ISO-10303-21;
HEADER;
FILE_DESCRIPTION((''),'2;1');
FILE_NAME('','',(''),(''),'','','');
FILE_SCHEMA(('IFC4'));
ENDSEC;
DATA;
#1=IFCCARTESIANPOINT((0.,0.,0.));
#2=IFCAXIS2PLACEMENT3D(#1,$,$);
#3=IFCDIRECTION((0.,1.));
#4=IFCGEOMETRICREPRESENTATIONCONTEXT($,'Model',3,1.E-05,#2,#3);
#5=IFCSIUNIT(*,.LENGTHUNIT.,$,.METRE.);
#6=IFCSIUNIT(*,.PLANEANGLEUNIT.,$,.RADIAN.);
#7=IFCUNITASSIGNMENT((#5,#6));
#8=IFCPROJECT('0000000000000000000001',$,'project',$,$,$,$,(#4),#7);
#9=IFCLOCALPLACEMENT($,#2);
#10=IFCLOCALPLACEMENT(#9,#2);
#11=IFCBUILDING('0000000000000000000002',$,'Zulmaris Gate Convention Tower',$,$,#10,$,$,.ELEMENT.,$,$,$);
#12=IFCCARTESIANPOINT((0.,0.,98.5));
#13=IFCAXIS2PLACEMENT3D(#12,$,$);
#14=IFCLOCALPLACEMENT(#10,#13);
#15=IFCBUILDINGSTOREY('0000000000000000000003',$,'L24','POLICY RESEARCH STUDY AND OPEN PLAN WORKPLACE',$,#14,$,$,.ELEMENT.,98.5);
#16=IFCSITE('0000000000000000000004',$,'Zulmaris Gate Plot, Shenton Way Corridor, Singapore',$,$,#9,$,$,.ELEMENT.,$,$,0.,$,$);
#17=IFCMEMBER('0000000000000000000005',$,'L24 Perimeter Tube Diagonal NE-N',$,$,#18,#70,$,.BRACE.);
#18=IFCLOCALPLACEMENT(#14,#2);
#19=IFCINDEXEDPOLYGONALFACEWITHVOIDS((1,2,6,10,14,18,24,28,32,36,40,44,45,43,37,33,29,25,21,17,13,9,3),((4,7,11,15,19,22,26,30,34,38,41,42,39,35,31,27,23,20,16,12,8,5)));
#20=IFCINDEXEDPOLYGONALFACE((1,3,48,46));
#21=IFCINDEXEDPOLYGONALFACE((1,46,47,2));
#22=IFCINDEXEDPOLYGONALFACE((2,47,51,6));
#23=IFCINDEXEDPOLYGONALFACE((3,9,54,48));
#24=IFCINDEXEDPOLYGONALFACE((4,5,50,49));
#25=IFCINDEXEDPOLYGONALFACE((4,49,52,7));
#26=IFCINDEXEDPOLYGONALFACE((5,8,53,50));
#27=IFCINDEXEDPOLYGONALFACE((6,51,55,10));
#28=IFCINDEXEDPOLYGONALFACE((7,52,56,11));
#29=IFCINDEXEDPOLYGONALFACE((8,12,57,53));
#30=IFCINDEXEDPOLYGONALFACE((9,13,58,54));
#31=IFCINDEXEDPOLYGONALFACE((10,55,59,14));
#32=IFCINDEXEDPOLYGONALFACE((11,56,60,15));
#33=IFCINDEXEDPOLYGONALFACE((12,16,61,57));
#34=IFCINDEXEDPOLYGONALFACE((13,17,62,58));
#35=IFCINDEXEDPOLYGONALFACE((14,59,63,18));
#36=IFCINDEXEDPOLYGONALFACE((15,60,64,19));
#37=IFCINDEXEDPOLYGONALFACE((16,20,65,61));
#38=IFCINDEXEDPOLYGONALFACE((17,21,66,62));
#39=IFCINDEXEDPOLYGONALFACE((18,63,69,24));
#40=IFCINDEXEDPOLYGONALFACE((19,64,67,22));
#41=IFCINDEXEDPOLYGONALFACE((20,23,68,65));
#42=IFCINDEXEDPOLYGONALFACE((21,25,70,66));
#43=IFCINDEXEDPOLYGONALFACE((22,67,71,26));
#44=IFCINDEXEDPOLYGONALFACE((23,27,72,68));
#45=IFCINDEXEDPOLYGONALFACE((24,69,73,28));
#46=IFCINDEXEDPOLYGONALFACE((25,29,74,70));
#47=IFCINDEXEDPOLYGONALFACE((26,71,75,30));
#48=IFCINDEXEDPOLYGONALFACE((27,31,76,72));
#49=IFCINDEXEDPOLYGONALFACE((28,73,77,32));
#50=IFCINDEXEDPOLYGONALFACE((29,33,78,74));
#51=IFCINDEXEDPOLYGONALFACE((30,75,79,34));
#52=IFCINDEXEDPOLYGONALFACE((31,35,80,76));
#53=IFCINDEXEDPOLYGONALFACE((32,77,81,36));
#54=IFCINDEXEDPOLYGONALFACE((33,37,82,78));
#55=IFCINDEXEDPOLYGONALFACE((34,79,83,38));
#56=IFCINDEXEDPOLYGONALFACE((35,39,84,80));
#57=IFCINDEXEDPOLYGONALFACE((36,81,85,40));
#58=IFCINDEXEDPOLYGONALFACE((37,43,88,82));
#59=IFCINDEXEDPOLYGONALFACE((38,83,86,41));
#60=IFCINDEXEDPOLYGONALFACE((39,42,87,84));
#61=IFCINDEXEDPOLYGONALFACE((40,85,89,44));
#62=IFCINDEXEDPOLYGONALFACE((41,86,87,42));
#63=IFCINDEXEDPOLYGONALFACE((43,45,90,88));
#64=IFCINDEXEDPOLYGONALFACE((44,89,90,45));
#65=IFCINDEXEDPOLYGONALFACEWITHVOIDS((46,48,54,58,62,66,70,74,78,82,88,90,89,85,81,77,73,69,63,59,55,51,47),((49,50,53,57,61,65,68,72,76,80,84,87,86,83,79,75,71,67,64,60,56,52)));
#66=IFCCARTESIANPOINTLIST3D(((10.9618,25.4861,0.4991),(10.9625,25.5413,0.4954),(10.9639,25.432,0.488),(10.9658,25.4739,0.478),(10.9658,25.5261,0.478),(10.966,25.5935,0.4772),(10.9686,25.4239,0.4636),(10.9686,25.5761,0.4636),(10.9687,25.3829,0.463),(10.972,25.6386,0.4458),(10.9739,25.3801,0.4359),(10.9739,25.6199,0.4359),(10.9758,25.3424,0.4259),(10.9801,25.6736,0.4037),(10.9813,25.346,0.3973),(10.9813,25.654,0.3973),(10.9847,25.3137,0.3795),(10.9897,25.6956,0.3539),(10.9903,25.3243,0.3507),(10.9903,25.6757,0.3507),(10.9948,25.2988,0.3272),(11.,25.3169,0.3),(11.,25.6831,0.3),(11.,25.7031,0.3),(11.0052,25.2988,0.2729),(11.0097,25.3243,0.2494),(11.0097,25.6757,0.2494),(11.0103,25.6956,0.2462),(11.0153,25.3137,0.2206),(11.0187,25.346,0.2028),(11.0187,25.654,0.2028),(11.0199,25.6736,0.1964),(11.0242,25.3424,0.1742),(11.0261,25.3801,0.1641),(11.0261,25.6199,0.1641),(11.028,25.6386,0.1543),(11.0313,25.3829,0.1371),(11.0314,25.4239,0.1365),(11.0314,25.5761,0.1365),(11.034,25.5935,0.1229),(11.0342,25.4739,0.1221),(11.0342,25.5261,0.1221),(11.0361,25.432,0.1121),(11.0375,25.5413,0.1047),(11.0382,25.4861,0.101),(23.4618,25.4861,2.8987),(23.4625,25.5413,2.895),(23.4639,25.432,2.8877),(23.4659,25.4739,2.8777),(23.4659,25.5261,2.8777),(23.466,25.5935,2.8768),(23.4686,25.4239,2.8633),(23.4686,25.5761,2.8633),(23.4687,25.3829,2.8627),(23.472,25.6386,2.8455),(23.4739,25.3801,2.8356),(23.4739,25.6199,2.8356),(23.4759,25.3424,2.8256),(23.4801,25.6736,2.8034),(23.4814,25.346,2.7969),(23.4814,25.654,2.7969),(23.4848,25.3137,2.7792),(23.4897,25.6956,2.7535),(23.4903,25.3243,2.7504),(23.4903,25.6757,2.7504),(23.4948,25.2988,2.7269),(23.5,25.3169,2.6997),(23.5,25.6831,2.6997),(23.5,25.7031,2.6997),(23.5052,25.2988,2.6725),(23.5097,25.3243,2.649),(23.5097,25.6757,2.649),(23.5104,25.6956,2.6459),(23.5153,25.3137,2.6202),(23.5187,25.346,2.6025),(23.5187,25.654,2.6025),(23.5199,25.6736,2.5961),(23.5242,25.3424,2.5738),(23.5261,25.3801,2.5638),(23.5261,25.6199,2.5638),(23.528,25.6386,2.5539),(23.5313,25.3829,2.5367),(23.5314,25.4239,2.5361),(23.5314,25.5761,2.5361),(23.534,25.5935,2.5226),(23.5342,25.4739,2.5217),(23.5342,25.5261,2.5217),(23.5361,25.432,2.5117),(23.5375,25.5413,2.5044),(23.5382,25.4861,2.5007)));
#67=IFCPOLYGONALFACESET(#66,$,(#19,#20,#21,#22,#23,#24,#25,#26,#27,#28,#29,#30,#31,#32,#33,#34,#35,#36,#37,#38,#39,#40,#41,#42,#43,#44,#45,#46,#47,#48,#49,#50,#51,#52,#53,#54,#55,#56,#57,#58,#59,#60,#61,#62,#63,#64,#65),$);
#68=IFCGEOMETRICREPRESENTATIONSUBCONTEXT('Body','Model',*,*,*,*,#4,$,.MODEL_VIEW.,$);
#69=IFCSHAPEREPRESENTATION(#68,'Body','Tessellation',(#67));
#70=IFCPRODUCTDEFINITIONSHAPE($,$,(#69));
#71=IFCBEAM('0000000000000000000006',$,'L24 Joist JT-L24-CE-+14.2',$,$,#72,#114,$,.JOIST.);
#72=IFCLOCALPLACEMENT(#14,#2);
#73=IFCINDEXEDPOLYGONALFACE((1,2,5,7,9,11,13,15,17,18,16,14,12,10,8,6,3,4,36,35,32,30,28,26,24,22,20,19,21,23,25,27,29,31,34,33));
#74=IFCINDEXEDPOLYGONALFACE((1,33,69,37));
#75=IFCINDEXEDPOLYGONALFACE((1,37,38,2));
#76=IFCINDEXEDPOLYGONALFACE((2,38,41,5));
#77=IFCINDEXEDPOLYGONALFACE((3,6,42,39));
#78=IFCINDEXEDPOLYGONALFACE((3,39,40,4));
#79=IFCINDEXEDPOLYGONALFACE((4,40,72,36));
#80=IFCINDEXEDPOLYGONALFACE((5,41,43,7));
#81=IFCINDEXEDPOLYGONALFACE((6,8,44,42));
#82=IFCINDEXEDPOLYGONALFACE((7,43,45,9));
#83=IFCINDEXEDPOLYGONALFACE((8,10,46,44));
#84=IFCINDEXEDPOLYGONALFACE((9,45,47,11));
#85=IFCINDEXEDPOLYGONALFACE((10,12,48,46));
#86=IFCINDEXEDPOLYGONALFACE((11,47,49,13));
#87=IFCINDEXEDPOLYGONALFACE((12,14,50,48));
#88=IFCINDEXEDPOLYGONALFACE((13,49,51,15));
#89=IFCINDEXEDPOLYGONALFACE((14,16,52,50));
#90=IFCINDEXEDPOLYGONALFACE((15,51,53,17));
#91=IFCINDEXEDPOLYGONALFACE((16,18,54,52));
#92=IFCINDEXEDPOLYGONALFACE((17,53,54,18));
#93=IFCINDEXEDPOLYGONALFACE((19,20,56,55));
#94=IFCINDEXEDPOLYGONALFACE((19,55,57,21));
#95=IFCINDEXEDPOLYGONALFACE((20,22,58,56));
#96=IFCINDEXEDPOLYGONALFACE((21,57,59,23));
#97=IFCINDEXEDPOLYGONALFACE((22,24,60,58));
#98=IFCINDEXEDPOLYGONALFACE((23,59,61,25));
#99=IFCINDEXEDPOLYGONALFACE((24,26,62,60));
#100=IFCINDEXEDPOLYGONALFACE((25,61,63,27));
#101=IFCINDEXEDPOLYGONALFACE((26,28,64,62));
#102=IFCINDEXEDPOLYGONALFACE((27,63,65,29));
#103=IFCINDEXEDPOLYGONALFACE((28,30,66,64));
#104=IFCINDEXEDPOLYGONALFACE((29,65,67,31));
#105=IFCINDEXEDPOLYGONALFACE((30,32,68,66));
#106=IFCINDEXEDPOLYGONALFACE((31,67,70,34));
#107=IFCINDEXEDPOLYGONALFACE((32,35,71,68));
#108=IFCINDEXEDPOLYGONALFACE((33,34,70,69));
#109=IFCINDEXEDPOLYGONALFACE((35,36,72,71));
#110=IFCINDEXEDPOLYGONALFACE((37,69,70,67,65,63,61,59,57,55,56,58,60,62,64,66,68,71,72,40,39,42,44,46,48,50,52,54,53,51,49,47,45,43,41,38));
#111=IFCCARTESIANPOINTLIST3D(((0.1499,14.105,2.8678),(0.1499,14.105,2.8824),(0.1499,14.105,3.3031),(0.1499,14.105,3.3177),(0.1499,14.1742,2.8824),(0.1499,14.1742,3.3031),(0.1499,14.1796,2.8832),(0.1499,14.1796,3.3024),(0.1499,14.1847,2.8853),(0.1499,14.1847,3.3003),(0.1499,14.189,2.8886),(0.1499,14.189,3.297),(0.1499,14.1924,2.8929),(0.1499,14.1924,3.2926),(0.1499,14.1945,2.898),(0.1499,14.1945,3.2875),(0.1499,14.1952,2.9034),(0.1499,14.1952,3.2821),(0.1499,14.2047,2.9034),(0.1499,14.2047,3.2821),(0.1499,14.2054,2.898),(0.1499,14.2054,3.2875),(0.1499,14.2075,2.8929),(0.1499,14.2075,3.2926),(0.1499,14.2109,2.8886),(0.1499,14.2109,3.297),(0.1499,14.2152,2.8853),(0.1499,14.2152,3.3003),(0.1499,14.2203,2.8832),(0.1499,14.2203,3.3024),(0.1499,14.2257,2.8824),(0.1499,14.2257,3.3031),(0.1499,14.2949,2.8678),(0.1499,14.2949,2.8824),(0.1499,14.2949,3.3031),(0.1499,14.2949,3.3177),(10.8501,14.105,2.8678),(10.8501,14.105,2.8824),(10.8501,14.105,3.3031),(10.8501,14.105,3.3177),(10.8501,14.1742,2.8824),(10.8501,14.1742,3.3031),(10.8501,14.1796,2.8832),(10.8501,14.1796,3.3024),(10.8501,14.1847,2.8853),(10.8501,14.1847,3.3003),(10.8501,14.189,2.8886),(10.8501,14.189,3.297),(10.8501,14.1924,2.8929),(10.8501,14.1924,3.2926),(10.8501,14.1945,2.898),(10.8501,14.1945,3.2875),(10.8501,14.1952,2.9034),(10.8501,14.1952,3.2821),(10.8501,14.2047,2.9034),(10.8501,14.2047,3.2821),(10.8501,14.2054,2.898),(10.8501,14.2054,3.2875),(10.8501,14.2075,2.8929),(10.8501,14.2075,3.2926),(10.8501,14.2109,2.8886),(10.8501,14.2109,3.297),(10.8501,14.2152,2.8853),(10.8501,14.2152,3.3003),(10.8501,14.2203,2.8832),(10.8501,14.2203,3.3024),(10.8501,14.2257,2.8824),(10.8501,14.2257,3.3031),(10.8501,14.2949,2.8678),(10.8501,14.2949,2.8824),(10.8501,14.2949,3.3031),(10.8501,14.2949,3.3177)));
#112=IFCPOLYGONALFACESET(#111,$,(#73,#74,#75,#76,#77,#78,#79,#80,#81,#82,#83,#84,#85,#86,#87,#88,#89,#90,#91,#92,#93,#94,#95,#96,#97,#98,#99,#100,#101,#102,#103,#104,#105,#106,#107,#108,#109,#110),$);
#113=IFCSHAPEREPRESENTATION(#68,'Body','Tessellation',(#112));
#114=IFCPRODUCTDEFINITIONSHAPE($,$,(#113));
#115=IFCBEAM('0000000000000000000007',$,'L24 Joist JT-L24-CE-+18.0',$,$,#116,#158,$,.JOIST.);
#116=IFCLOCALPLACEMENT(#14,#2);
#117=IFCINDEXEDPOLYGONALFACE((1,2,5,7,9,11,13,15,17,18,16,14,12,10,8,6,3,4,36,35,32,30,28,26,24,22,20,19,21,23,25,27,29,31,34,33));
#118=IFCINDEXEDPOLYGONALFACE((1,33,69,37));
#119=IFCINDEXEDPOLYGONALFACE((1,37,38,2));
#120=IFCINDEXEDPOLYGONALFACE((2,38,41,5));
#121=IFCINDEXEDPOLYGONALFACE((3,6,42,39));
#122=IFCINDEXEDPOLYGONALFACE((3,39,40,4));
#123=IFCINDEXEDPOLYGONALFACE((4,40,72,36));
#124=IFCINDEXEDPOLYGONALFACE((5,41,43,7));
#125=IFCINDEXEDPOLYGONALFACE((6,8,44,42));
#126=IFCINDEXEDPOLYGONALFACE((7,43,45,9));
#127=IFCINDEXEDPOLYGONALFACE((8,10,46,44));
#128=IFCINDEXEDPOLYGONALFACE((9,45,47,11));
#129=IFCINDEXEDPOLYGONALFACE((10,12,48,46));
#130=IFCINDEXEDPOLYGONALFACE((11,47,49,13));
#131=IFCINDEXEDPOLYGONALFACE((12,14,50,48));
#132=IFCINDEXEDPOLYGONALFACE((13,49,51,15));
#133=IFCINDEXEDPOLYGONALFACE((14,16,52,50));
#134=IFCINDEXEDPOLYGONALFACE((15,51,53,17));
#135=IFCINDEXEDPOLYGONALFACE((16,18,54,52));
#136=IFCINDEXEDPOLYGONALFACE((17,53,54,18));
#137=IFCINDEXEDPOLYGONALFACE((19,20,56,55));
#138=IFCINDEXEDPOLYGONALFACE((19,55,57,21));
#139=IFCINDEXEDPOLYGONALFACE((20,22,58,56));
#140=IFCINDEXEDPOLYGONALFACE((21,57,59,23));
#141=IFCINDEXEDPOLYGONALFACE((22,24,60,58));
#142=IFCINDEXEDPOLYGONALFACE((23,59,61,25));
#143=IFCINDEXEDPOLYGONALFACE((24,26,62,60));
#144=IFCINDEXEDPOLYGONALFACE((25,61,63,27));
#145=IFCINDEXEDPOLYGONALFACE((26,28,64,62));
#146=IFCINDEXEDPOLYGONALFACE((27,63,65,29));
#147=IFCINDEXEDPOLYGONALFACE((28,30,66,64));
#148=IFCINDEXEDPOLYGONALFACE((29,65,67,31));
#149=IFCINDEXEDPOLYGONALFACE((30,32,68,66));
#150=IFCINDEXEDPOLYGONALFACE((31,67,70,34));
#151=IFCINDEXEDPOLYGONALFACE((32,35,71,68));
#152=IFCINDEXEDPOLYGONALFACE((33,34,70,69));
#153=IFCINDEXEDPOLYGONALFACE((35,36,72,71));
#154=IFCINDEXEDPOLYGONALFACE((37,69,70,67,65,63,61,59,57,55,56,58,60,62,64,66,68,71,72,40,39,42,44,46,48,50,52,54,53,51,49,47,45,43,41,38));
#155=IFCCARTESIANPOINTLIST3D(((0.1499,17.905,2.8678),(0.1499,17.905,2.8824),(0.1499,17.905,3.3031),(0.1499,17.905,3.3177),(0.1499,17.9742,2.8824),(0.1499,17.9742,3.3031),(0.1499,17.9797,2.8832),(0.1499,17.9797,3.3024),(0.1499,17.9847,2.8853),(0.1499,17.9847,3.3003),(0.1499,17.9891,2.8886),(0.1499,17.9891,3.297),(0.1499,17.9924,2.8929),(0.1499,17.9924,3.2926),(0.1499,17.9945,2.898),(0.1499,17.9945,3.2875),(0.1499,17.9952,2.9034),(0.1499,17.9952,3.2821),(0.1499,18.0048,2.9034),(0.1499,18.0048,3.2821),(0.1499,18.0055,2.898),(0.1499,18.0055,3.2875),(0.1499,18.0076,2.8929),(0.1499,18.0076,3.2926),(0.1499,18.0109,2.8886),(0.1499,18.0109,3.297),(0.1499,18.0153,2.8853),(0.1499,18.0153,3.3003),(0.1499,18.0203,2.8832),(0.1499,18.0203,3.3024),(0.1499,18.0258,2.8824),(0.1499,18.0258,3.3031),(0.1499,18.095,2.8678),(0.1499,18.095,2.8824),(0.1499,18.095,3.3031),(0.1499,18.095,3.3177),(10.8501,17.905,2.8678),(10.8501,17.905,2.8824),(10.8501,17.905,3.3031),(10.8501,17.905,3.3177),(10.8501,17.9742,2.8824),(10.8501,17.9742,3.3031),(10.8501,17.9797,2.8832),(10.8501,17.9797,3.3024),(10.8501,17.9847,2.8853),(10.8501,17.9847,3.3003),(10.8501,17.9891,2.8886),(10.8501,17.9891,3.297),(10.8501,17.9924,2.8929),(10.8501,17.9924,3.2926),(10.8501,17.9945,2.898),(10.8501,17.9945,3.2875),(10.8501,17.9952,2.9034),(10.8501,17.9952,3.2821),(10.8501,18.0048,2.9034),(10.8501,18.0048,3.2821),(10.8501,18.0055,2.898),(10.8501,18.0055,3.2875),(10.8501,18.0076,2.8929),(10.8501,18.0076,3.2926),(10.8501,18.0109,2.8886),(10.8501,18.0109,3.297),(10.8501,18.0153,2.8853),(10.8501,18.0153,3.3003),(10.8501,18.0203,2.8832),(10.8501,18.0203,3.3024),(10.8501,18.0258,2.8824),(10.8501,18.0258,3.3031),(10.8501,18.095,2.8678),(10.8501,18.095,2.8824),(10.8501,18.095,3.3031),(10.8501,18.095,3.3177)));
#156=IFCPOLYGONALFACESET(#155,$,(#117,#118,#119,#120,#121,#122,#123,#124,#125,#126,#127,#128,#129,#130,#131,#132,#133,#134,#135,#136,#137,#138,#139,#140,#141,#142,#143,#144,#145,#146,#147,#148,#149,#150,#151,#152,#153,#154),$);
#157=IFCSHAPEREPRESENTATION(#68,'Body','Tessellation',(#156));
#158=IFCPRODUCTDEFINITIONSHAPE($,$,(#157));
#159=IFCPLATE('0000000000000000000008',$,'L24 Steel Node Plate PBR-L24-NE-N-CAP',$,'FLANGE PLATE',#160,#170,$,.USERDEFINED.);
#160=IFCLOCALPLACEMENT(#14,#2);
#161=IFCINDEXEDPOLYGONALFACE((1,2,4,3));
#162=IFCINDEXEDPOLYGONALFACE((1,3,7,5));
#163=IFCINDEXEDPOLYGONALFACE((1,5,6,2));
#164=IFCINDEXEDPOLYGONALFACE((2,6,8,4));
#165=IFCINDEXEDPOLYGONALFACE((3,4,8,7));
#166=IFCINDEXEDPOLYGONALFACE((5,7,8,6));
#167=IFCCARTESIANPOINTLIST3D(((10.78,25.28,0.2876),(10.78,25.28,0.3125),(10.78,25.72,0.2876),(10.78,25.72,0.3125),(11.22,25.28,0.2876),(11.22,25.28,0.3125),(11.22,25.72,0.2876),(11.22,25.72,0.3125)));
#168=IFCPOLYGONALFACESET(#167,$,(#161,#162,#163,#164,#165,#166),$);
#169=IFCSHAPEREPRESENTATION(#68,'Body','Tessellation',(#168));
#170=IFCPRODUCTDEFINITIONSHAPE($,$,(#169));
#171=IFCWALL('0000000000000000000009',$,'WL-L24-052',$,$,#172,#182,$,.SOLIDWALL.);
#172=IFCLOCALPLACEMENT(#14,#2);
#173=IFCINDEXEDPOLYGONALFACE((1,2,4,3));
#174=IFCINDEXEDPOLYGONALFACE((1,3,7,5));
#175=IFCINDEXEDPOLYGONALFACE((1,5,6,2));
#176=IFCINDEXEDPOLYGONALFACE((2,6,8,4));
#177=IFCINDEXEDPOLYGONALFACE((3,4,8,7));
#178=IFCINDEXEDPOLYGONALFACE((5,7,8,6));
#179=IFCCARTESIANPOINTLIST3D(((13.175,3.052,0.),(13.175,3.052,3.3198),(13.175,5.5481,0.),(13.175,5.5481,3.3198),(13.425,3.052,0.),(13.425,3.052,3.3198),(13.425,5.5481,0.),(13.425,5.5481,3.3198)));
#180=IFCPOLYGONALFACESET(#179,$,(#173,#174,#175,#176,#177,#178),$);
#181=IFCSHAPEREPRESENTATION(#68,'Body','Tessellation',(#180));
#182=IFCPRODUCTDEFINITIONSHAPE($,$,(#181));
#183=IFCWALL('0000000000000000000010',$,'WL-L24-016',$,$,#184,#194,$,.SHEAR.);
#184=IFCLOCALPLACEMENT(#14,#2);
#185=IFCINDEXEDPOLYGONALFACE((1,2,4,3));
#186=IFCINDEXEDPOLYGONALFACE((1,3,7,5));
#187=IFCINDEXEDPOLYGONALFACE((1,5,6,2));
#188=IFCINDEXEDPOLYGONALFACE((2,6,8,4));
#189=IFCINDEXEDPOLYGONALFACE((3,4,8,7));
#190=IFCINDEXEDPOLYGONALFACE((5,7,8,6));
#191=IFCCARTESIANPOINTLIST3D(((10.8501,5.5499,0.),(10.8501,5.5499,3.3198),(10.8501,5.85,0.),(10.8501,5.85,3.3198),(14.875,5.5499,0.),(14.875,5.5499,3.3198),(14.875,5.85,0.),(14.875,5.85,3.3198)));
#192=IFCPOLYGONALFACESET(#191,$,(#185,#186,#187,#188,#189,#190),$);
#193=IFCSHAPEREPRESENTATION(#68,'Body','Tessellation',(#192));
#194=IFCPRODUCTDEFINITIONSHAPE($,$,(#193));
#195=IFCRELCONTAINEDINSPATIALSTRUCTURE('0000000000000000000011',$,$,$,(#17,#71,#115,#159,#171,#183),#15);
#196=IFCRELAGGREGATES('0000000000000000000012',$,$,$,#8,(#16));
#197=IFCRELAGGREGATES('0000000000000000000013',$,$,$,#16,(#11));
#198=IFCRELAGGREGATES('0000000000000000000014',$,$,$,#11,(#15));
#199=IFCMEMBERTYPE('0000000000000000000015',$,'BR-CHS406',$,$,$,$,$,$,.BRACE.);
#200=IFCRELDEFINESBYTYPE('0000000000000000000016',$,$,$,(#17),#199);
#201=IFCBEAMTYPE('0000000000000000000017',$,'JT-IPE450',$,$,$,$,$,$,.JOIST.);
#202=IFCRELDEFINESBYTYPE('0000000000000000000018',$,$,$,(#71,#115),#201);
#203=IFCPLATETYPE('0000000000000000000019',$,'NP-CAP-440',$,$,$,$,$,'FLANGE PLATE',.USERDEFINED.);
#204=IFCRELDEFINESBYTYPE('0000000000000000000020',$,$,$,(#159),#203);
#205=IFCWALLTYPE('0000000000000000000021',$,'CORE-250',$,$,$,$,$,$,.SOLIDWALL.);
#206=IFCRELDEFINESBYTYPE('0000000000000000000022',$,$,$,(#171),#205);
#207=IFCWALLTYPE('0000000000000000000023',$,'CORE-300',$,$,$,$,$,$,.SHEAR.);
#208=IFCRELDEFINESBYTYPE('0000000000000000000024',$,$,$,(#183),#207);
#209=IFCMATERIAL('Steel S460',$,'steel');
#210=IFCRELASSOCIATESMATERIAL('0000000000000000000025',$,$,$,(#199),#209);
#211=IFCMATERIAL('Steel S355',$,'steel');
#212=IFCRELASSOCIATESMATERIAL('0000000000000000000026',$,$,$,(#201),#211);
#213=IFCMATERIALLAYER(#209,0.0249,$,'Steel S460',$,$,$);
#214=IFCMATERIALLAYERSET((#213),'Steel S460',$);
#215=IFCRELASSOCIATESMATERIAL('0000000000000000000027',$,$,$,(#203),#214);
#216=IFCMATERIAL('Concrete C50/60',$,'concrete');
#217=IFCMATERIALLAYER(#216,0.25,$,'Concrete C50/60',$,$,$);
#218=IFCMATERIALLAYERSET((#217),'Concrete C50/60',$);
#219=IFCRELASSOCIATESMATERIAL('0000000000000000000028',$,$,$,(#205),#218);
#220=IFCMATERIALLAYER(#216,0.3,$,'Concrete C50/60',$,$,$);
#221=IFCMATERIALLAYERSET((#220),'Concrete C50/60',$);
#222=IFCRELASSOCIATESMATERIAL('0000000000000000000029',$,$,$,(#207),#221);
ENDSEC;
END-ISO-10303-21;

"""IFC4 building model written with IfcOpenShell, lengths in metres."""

from ifc_helpers import new_model, si_unit, direction, frame, frame_2d, origin, origin_2d, place, context, subcontext, project, spatial, rectangle, hollow_circle, i_section, extrude, material, layer, layer_set, material_profile, profile_set, type_object, element, save


model = new_model("IFC4")

# Units and contexts
model_context = context("Model", 3, precision=1e-05, world=origin(), true_north=direction((0.0, 1.0)))
body_context = subcontext(model_context, "Body", "Model", "MODEL_VIEW")
ifc_project = project(units=[si_unit("LENGTHUNIT", "METRE"), si_unit("PLANEANGLEUNIT", "RADIAN")], contexts=[model_context])

# Site, building, storey
site_placement = place(None, origin())
site = spatial("IfcSite", under=ifc_project, at=site_placement, Name="Zulmaris Gate Plot, Shenton Way Corridor, Singapore", CompositionType="ELEMENT", RefElevation=0.0)
building_placement = place(site_placement, origin())
building = spatial("IfcBuilding", under=site, at=building_placement, Name="Zulmaris Gate Convention Tower", CompositionType="ELEMENT")
storey_placement = place(building_placement, frame((0.0, 0.0, 98.5)))
storey = spatial("IfcBuildingStorey", under=building, at=storey_placement, Name="L24", Description="POLICY RESEARCH STUDY AND OPEN PLAN WORKPLACE", CompositionType="ELEMENT", Elevation=98.5)

# Shared definitions
ifc_material_1 = material(Name="Steel S355", Category="steel")

# Member
ifc_material_2 = material(Name="Steel S460", Category="steel")
ifc_material_profile_1 = material_profile(ifc_material_2, hollow_circle(Radius=0.2031, WallThickness=0.02, at=origin_2d()), Name="CHS 406.4x20")
ifc_profile_set_1 = profile_set([ifc_material_profile_1], Name="Steel S460")
member_type = type_object("IfcMemberType", Name="BR-CHS406", PredefinedType="BRACE", material=ifc_profile_set_1)
member_placement = place(storey_placement, frame((11.0, 25.5, 0.3), z_axis=(0.982067, 0.0, 0.18853), x_axis=(0.0, 1.0, 0.0)))
element("IfcMember", 1, at=member_placement, inside=storey, type_object=member_type, Name="L24 Perimeter Tube Diagonal NE-N", PredefinedType="BRACE", context=body_context, shape_type="SweptSolid", body=[
    extrude(hollow_circle(Radius=0.2031, WallThickness=0.02, at=origin_2d()), origin(), (0.0, 0.0, 1.0), 12.7283),
])

# Beams
ifc_material_profile_2 = material_profile(ifc_material_1, i_section(OverallWidth=0.1899, OverallDepth=0.45, WebThickness=0.0095, FlangeThickness=0.0146, FilletRadius=0.021, at=origin_2d()), Name="IPE 450")
ifc_profile_set_2 = profile_set([ifc_material_profile_2], Name="Steel S355")
beam_type_1 = type_object("IfcBeamType", Name="JT-IPE450", PredefinedType="JOIST", material=ifc_profile_set_2)
for number, where, z_axis, x_axis, name in (
    (2, (0.1499, 14.2, 3.0928), (1.0, 0.0, 0.0), (0.0, 1.0, 0.0), "L24 Joist JT-L24-CE-+14.2"),
    (3, (0.1499, 18.0, 3.0928), (1.0, 0.0, 0.0), (0.0, 1.0, 0.0), "L24 Joist JT-L24-CE-+18.0"),
):
    element("IfcBeam", number, at=place(storey_placement, frame(where, z_axis=z_axis, x_axis=x_axis)), inside=storey, type_object=beam_type_1, Name=name, PredefinedType="JOIST", context=body_context, shape_type="SweptSolid", body=[
        extrude(i_section(OverallWidth=0.1899, OverallDepth=0.45, WebThickness=0.0095, FlangeThickness=0.0146, FilletRadius=0.021, at=origin_2d()), origin(), (0.0, 0.0, 1.0), 10.7002),
    ])

# Plate
ifc_layer_1 = layer(ifc_material_2, 0.0249, Name="Steel S460")
ifc_layer_set_1 = layer_set([ifc_layer_1], Name="Steel S460")
plate_type = type_object("IfcPlateType", Name="NP-CAP-440", ElementType="FLANGE PLATE", PredefinedType="USERDEFINED", material=ifc_layer_set_1)
plate_placement = place(storey_placement, frame((11.0, 25.5, 0.2876), z_axis=(0.0, 0.0, 1.0), x_axis=(1.0, 0.0, 0.0)))
element("IfcPlate", 4, at=plate_placement, inside=storey, type_object=plate_type, Name="L24 Steel Node Plate PBR-L24-NE-N-CAP", ObjectType="FLANGE PLATE", PredefinedType="USERDEFINED", context=body_context, shape_type="SweptSolid", body=[
    extrude(rectangle(XDim=0.4399, YDim=0.4399, at=origin_2d()), origin(), (0.0, 0.0, 1.0), 0.0249),
])

# Walls
ifc_material_3 = material(Name="Concrete C50/60", Category="concrete")
ifc_layer_2 = layer(ifc_material_3, 0.25, Name="Concrete C50/60")
ifc_layer_set_2 = layer_set([ifc_layer_2], Name="Concrete C50/60")
wall_type_1 = type_object("IfcWallType", Name="CORE-250", PredefinedType="SOLIDWALL", material=ifc_layer_set_2)
wall_1_placement = place(storey_placement, frame((13.3, 3.052, 0.0), z_axis=(0.0, 0.0, 1.0), x_axis=(0.0, 1.0, 0.0)))
element("IfcWall", 5, at=wall_1_placement, inside=storey, type_object=wall_type_1, Name="WL-L24-052", PredefinedType="SOLIDWALL", context=body_context, shape_type="SweptSolid", body=[
    extrude(rectangle(XDim=2.4961, YDim=0.25, at=frame_2d((1.248, 0.0))), origin(), (0.0, 0.0, 1.0), 3.3198),
])
ifc_layer_3 = layer(ifc_material_3, 0.3, Name="Concrete C50/60")
ifc_layer_set_3 = layer_set([ifc_layer_3], Name="Concrete C50/60")
wall_type_2 = type_object("IfcWallType", Name="CORE-300", PredefinedType="SHEAR", material=ifc_layer_set_3)
wall_2_placement = place(storey_placement, frame((10.8501, 5.7, 0.0), z_axis=(0.0, 0.0, 1.0), x_axis=(1.0, 0.0, 0.0)))
element("IfcWall", 6, at=wall_2_placement, inside=storey, type_object=wall_type_2, Name="WL-L24-016", PredefinedType="SHEAR", context=body_context, shape_type="SweptSolid", body=[
    extrude(rectangle(XDim=4.0249, YDim=0.3, at=frame_2d((2.0125, 0.0))), origin(), (0.0, 0.0, 1.0), 3.3198),
])

save(model, "model.ifc")
